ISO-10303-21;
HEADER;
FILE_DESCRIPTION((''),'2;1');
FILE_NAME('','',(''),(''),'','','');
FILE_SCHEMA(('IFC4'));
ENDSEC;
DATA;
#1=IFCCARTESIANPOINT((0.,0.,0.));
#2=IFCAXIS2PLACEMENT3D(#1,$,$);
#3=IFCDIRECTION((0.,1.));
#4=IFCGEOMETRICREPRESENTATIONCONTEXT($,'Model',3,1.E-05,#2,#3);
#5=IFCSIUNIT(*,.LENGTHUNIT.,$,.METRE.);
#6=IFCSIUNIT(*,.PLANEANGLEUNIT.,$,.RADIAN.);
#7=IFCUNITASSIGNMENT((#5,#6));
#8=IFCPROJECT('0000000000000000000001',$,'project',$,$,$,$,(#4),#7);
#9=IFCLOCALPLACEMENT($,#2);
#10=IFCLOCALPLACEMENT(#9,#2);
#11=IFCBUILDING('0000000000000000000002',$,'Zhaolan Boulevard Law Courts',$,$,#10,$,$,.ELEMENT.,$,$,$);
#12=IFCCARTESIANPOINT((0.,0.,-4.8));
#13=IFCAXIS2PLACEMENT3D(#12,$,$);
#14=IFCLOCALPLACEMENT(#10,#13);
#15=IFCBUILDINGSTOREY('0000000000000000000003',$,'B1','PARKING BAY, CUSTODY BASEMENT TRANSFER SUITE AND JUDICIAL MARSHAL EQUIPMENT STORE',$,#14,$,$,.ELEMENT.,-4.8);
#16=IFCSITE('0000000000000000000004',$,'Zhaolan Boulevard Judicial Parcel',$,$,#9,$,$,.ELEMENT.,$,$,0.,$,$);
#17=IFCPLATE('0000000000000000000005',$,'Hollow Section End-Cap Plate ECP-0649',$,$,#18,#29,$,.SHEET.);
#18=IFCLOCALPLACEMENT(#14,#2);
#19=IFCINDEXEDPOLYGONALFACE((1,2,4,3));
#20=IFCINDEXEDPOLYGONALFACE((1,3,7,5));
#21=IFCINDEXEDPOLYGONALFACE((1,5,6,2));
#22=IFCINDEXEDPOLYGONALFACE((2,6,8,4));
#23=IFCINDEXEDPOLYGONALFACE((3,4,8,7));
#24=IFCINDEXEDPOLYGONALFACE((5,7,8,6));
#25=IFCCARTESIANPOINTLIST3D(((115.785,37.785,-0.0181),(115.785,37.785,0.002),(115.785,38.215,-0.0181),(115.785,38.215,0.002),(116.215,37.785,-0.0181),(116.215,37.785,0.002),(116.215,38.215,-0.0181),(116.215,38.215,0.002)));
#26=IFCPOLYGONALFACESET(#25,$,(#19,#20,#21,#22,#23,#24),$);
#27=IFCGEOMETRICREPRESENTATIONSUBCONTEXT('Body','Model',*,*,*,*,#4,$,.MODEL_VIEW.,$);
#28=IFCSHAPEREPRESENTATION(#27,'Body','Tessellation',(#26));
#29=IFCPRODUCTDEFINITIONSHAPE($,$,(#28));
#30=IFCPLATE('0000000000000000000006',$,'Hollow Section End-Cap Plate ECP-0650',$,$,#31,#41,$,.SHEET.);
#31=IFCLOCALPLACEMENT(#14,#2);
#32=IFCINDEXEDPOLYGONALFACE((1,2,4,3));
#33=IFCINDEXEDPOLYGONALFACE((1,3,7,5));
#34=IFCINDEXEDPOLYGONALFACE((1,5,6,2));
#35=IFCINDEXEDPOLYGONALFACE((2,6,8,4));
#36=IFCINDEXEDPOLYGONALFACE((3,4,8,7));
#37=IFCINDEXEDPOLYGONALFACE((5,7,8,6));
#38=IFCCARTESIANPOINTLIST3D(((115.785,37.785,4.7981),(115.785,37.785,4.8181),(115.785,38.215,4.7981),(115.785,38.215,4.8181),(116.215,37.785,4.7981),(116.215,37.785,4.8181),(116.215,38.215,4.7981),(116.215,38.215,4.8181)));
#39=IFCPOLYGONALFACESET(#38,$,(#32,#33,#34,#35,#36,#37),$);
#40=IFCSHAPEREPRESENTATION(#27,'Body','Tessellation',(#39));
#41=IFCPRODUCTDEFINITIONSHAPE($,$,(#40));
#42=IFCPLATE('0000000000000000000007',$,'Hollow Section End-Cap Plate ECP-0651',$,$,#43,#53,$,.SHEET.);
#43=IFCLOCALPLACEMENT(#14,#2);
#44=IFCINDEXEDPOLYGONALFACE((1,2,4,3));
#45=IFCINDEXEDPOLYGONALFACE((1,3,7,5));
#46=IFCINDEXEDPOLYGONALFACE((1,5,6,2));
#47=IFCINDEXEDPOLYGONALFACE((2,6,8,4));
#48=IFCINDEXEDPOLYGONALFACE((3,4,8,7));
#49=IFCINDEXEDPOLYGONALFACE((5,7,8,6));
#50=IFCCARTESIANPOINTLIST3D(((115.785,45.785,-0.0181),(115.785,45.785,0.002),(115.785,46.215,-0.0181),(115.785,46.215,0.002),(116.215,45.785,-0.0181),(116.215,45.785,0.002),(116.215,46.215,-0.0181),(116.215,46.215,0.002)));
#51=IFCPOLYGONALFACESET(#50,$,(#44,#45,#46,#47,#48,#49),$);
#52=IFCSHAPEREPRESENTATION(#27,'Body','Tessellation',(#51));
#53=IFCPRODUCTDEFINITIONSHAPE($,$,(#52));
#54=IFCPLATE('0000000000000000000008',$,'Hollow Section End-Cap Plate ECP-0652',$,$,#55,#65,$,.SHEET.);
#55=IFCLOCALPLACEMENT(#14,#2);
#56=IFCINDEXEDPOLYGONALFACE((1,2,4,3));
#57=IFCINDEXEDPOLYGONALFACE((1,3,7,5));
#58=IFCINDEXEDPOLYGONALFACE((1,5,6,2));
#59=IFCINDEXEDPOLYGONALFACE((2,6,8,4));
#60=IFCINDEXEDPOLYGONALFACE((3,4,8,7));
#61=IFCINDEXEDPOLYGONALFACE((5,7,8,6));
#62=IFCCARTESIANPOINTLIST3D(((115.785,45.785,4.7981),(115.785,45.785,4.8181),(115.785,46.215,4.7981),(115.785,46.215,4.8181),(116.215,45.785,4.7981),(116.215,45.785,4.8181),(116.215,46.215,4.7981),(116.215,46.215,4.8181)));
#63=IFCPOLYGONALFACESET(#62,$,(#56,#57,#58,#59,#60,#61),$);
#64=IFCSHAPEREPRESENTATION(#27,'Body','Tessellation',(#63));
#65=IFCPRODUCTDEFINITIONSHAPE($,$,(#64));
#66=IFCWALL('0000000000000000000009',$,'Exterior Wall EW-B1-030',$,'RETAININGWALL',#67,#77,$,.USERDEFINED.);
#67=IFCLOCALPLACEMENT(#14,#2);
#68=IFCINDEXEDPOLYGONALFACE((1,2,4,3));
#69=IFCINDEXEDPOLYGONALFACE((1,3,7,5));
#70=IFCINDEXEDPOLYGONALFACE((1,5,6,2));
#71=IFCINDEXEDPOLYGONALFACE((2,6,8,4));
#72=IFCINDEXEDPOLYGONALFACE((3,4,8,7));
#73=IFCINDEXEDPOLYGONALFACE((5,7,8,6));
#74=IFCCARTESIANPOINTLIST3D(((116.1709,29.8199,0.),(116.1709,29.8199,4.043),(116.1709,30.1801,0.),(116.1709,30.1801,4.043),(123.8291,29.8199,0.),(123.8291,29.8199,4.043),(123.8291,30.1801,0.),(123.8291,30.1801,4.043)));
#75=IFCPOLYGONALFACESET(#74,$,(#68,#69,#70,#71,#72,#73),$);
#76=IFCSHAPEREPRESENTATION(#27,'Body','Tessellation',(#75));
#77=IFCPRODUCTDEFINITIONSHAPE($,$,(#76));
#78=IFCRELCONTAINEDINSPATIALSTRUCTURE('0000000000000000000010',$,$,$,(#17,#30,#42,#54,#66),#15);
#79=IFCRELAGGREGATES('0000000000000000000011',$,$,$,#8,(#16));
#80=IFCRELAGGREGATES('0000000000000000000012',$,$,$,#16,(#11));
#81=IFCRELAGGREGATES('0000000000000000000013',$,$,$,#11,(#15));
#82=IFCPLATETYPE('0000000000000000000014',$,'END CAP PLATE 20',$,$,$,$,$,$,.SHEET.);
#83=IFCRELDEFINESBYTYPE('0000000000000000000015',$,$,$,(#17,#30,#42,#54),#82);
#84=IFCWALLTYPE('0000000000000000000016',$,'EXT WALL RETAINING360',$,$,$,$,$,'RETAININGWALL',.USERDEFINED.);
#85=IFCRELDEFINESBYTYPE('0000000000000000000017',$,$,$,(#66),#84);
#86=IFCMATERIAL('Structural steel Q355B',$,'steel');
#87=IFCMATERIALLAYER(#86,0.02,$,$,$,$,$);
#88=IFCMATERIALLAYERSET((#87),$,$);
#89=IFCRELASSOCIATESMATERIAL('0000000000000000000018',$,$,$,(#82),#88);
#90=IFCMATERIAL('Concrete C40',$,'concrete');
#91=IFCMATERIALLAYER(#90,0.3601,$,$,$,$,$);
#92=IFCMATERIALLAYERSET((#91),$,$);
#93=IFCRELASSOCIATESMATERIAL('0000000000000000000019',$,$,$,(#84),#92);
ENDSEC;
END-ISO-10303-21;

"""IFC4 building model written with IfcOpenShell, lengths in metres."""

from ifc_helpers import new_model, si_unit, direction, frame, frame_2d, origin, origin_2d, place, context, subcontext, project, spatial, rectangle, extrude, material, layer, layer_set, type_object, element, save


model = new_model("IFC4")

# Units and contexts
model_context = context("Model", 3, precision=1e-05, world=origin(), true_north=direction((0.0, 1.0)))
body_context = subcontext(model_context, "Body", "Model", "MODEL_VIEW")
ifc_project = project(units=[si_unit("LENGTHUNIT", "METRE"), si_unit("PLANEANGLEUNIT", "RADIAN")], contexts=[model_context])

# Site, building, storey
site_placement = place(None, origin())
site = spatial("IfcSite", under=ifc_project, at=site_placement, Name="Zhaolan Boulevard Judicial Parcel", CompositionType="ELEMENT", RefElevation=0.0)
building_placement = place(site_placement, origin())
building = spatial("IfcBuilding", under=site, at=building_placement, Name="Zhaolan Boulevard Law Courts", CompositionType="ELEMENT")
storey_placement = place(building_placement, frame((0.0, 0.0, -4.8)))
storey = spatial("IfcBuildingStorey", under=building, at=storey_placement, Name="B1", Description="PARKING BAY, CUSTODY BASEMENT TRANSFER SUITE AND JUDICIAL MARSHAL EQUIPMENT STORE", CompositionType="ELEMENT", Elevation=-4.8)

# Plates
ifc_material_1 = material(Name="Structural steel Q355B", Category="steel")
ifc_layer_1 = layer(ifc_material_1, 0.02)
ifc_layer_set_1 = layer_set([ifc_layer_1])
plate_type = type_object("IfcPlateType", Name="END CAP PLATE 20", PredefinedType="SHEET", material=ifc_layer_set_1)
for number, where, z_axis, x_axis, name in (
    (1, (116.0, 38.0, -0.0181), (0.0, 0.0, 1.0), (1.0, 0.0, 0.0), "Hollow Section End-Cap Plate ECP-0649"),
    (2, (116.0, 38.0, 4.7981), (0.0, 0.0, 1.0), (1.0, 0.0, 0.0), "Hollow Section End-Cap Plate ECP-0650"),
    (3, (116.0, 46.0, -0.0181), (0.0, 0.0, 1.0), (1.0, 0.0, 0.0), "Hollow Section End-Cap Plate ECP-0651"),
    (4, (116.0, 46.0, 4.7981), (0.0, 0.0, 1.0), (1.0, 0.0, 0.0), "Hollow Section End-Cap Plate ECP-0652"),
):
    element("IfcPlate", number, at=place(storey_placement, frame(where, z_axis=z_axis, x_axis=x_axis)), inside=storey, type_object=plate_type, Name=name, PredefinedType="SHEET", context=body_context, shape_type="SweptSolid", body=[
        extrude(rectangle(XDim=0.4299, YDim=0.4299, at=origin_2d()), origin(), (0.0, 0.0, 1.0), 0.02),
    ])

# Wall
ifc_material_2 = material(Name="Concrete C40", Category="concrete")
ifc_layer_2 = layer(ifc_material_2, 0.3601)
ifc_layer_set_2 = layer_set([ifc_layer_2])
wall_type = type_object("IfcWallType", Name="EXT WALL RETAINING360", ElementType="RETAININGWALL", PredefinedType="USERDEFINED", material=ifc_layer_set_2)
wall_placement = place(storey_placement, frame((123.8291, 30.0, 0.0), z_axis=(0.0, 0.0, 1.0), x_axis=(-1.0, 0.0, 0.0)))
element("IfcWall", 5, at=wall_placement, inside=storey, type_object=wall_type, Name="Exterior Wall EW-B1-030", ObjectType="RETAININGWALL", PredefinedType="USERDEFINED", context=body_context, shape_type="SweptSolid", body=[
    extrude(rectangle(XDim=7.6582, YDim=0.3601, at=frame_2d((3.8291, 0.0))), origin(), (0.0, 0.0, 1.0), 4.043),
])

save(model, "model.ifc")
